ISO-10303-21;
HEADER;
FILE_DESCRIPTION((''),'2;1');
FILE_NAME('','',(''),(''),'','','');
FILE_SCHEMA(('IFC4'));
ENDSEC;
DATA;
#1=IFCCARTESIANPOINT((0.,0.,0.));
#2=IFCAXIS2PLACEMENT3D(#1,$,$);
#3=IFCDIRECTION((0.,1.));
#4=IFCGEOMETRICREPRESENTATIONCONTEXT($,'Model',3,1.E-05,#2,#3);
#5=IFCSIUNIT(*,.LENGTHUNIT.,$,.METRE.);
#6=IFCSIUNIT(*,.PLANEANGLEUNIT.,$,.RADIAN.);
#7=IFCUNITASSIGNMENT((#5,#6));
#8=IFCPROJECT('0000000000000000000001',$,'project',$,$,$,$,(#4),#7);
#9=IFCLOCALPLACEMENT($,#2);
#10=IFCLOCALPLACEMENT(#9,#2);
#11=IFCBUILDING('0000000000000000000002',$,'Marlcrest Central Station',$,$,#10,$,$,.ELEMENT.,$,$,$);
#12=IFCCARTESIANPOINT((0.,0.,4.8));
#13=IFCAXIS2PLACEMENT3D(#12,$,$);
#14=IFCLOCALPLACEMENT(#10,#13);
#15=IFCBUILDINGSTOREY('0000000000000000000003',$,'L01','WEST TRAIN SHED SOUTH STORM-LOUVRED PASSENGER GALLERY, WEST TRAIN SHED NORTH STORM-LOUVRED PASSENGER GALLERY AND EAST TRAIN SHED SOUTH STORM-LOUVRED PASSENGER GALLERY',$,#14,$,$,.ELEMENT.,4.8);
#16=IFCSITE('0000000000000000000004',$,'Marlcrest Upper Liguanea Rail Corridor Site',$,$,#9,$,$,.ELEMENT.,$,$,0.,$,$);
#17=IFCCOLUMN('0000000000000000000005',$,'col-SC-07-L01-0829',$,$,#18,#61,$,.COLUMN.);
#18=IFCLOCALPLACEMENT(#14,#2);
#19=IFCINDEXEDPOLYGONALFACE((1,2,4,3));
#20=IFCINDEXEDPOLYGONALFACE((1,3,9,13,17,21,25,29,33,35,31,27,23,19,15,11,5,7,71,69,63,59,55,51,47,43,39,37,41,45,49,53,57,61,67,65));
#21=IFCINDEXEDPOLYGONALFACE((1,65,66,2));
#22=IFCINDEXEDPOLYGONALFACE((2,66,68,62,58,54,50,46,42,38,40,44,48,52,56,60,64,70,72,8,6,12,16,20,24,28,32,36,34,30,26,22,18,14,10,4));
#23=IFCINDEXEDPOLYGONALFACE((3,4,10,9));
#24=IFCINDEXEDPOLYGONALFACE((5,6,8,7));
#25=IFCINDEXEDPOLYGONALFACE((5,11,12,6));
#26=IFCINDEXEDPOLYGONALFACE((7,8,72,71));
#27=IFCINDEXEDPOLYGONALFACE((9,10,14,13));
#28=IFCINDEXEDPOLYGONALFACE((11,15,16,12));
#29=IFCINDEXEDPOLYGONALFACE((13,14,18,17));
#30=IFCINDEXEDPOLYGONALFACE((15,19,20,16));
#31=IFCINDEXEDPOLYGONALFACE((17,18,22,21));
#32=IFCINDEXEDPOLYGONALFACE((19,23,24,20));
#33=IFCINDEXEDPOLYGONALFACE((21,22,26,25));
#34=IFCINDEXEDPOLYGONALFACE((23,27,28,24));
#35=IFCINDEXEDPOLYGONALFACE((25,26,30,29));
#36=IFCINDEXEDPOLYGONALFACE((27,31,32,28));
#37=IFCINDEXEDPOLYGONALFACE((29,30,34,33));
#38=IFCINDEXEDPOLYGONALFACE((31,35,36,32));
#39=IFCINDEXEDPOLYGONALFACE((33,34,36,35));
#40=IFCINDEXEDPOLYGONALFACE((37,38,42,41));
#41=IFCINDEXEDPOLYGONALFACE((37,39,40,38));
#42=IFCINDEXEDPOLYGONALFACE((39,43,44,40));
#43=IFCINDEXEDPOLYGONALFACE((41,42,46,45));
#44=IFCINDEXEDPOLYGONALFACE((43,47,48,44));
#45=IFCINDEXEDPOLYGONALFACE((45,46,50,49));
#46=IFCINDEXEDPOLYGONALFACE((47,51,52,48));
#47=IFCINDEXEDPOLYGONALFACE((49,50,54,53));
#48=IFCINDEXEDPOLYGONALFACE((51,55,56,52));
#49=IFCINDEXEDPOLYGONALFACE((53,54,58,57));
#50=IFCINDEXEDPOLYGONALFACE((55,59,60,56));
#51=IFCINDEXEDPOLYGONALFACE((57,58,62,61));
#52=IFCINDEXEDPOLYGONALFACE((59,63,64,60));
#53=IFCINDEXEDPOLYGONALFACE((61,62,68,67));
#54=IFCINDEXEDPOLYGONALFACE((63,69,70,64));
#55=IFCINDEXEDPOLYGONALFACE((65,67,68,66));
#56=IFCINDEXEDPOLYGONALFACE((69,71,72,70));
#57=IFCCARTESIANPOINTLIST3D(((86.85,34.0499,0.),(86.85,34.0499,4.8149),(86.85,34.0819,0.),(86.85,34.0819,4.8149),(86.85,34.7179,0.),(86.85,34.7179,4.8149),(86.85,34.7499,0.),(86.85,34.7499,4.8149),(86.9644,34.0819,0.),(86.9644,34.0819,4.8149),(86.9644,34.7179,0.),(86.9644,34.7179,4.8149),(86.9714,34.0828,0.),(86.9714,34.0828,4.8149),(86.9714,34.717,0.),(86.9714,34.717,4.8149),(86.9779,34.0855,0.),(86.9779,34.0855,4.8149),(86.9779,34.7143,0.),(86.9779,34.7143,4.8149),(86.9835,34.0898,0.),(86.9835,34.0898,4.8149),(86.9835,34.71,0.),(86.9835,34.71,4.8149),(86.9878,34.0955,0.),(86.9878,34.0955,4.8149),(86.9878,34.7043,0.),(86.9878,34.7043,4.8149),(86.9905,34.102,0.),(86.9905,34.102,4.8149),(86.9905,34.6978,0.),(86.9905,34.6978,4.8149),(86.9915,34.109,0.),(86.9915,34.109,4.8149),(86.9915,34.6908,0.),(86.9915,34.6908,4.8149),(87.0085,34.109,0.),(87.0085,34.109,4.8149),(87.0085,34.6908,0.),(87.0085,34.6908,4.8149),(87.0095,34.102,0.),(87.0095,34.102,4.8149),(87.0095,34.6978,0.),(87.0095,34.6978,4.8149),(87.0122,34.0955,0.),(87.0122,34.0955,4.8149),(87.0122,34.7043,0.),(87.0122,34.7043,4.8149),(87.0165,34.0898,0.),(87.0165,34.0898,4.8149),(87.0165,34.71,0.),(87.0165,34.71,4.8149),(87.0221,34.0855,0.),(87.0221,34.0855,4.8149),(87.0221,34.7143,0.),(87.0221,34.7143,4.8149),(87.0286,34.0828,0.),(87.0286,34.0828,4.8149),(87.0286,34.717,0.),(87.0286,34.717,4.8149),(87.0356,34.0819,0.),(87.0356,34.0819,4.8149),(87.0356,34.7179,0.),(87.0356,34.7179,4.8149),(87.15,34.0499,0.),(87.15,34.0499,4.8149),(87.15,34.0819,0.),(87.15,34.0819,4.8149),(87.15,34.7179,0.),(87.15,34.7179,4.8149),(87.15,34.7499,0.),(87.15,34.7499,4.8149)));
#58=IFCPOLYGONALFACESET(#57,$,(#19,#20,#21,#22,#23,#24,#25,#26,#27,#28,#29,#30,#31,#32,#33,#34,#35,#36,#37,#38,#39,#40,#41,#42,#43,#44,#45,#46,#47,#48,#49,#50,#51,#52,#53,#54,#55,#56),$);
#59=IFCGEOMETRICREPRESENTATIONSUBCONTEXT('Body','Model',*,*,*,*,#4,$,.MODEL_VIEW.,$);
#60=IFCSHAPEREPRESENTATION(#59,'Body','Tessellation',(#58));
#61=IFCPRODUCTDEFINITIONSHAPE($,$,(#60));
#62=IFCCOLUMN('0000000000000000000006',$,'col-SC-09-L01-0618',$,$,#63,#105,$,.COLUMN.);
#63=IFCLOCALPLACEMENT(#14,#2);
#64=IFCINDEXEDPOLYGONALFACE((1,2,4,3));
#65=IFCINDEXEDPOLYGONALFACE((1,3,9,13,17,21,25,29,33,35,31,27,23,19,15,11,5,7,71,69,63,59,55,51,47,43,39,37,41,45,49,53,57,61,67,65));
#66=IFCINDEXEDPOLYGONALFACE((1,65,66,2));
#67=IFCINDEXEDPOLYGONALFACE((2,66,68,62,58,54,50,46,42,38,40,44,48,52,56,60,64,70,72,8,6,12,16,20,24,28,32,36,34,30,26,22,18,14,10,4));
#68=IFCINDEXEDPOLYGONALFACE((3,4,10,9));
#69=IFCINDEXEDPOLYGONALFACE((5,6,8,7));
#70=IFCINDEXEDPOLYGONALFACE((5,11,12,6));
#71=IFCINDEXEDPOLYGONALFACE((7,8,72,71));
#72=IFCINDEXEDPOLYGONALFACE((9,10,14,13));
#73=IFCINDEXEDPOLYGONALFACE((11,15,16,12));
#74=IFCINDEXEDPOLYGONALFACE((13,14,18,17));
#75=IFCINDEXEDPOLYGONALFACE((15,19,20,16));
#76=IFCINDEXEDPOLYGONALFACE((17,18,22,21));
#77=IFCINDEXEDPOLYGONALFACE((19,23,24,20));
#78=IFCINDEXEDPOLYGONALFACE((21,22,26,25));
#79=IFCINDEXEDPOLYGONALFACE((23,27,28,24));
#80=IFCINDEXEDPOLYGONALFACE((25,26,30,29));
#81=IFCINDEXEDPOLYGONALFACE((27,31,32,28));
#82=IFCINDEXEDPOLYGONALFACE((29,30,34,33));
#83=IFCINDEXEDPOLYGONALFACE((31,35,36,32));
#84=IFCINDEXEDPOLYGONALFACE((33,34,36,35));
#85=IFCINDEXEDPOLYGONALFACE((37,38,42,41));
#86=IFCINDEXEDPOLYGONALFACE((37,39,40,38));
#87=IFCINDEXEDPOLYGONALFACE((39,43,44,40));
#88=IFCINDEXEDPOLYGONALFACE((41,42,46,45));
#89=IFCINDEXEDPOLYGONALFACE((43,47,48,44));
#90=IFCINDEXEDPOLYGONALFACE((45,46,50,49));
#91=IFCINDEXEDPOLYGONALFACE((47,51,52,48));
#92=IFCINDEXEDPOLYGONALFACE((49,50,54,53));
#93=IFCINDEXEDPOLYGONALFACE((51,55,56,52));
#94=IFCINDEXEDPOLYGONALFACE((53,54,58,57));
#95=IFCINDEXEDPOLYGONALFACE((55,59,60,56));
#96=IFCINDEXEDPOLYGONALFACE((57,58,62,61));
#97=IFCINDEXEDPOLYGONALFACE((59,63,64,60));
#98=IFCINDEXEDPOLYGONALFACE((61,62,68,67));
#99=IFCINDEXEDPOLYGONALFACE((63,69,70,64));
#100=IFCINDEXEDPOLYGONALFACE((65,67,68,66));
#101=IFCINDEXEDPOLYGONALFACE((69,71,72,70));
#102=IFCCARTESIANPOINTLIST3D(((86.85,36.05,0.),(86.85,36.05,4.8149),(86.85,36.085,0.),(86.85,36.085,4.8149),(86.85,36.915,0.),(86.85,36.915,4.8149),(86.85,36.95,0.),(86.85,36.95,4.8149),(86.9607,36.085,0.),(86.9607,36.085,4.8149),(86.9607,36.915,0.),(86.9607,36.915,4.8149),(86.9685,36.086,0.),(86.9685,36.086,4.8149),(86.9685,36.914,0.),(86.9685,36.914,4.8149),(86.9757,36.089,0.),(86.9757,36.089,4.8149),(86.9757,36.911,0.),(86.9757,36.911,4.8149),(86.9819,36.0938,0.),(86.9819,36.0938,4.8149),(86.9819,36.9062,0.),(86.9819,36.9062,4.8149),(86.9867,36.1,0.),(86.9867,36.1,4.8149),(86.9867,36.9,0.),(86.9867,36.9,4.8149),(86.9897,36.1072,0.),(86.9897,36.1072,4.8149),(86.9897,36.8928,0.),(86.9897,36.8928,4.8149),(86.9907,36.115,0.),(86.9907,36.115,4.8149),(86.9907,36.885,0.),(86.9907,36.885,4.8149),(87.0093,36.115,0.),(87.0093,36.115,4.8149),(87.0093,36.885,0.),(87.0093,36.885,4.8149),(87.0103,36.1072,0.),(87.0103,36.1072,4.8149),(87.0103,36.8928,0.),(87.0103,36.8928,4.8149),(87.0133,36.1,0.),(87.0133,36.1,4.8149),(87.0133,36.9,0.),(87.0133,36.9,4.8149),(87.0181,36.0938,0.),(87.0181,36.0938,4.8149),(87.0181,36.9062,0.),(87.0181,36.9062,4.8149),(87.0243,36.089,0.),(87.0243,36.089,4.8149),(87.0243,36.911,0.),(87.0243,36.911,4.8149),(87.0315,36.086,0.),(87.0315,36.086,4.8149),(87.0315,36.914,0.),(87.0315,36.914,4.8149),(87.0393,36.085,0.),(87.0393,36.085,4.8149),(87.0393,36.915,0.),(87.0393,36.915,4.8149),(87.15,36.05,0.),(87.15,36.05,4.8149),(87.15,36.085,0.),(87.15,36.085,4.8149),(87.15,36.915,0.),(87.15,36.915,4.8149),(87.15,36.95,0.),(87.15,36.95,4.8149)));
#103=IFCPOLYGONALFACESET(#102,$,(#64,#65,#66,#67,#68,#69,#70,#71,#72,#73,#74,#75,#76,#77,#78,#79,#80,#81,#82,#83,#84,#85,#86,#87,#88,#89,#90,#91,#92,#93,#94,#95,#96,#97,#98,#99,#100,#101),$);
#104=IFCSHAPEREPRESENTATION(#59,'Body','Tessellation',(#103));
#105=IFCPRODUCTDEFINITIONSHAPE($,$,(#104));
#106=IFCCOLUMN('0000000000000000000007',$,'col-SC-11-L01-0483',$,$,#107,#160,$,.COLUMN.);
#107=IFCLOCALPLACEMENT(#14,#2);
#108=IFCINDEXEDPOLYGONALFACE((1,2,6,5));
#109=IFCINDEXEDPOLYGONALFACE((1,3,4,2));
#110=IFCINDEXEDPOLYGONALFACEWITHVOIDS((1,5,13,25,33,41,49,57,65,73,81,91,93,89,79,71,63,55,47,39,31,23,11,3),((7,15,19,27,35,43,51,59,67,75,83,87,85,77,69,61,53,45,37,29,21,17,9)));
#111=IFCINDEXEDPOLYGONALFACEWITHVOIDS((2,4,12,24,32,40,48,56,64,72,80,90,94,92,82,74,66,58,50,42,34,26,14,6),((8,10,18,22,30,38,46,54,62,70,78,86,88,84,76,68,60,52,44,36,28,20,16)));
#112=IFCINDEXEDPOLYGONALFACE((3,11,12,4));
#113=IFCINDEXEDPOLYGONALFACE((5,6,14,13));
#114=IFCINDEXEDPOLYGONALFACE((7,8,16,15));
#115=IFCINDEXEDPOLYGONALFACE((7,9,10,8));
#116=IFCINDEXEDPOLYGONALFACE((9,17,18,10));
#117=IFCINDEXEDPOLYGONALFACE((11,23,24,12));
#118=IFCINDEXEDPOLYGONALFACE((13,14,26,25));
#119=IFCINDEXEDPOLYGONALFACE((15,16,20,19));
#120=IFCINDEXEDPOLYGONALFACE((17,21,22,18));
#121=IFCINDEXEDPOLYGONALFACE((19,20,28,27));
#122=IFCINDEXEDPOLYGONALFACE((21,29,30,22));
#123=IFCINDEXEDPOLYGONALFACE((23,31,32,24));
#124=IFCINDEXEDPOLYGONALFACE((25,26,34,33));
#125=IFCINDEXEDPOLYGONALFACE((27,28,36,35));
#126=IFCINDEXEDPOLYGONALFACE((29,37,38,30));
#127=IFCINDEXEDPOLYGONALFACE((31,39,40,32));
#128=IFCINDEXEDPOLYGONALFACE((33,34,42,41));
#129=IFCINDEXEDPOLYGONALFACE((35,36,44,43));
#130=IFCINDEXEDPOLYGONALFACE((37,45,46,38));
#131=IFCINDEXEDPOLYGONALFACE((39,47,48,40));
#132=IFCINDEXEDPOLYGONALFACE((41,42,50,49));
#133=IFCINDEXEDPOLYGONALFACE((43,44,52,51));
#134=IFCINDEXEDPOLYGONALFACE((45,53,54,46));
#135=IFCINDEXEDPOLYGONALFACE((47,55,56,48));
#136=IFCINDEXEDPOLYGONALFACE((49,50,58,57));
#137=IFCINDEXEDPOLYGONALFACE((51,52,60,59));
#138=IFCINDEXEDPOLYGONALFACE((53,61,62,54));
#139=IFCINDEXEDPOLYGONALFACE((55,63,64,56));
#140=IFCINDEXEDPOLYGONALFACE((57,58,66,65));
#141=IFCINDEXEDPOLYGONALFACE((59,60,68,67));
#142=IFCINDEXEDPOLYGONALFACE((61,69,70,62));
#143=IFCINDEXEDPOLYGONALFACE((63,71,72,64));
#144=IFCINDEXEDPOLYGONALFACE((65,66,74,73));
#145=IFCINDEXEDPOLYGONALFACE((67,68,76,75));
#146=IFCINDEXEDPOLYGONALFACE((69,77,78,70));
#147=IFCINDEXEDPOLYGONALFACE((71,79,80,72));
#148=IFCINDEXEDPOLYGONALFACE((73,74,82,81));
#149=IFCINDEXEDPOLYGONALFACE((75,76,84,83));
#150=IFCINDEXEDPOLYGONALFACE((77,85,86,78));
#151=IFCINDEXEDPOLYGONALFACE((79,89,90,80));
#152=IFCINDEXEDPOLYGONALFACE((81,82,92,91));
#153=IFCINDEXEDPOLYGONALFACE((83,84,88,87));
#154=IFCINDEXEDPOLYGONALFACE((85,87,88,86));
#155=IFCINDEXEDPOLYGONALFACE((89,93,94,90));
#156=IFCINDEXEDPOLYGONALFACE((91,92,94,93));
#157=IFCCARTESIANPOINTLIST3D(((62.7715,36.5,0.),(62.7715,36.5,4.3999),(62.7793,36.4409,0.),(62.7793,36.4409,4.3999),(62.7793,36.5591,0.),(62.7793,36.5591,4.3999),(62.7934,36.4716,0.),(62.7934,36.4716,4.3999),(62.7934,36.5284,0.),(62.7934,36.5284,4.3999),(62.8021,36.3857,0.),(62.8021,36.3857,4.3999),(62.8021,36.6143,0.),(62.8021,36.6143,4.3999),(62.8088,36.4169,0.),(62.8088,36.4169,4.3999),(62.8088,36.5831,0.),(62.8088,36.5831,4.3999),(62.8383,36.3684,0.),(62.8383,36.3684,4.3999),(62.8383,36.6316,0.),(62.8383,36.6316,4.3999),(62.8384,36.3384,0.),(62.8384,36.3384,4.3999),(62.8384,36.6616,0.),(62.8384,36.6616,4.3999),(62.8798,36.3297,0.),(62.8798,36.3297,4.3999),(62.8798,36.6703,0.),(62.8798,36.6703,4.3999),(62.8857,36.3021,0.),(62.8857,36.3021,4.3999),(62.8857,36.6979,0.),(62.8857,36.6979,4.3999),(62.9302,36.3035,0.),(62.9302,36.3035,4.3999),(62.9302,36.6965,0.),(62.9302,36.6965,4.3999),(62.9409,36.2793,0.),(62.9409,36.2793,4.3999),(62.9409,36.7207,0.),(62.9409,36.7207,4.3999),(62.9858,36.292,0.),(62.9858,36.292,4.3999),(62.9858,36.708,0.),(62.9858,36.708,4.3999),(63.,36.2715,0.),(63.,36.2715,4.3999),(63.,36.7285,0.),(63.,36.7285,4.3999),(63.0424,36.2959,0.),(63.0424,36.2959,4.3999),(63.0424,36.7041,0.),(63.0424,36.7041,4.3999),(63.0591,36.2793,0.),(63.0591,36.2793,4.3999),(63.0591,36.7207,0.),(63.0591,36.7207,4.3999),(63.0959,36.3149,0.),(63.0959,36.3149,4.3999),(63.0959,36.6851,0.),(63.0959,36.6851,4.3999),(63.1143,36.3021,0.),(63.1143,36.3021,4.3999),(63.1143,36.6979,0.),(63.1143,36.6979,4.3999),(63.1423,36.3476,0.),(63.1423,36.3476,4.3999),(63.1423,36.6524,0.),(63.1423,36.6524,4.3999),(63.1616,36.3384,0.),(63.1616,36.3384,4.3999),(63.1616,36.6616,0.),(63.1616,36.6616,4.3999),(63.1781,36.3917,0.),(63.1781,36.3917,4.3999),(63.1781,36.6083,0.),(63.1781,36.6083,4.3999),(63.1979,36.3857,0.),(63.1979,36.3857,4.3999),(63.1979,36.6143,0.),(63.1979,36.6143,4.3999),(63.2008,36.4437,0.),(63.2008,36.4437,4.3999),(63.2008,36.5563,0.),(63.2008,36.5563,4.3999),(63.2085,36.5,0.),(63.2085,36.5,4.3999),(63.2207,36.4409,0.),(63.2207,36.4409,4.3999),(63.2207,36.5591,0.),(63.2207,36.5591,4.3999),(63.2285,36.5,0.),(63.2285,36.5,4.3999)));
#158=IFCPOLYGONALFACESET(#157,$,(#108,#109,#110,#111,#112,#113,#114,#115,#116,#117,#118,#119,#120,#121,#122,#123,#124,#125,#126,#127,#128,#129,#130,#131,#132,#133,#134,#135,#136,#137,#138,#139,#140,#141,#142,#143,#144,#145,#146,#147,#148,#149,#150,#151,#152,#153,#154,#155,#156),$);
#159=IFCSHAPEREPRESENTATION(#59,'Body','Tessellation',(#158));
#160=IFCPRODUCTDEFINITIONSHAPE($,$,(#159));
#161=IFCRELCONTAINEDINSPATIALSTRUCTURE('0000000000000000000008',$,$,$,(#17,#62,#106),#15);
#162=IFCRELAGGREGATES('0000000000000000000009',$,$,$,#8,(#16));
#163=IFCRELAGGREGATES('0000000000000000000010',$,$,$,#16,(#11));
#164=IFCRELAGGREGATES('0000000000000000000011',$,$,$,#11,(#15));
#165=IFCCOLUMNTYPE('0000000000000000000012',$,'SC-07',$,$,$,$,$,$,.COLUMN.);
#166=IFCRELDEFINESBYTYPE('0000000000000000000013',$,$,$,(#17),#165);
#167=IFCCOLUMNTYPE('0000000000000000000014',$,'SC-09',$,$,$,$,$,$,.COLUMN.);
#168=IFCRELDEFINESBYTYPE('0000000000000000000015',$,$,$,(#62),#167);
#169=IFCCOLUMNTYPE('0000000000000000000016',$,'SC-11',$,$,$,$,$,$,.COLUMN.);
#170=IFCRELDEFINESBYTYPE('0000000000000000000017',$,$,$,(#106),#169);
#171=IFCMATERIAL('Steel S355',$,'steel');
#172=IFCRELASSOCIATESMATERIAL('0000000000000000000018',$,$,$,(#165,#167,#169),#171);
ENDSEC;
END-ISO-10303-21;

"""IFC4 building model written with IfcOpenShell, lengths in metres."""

from ifc_helpers import new_model, si_unit, direction, frame, origin, origin_2d, place, context, subcontext, project, spatial, hollow_circle, i_section, extrude, material, material_profile, profile_set, type_object, element, save


model = new_model("IFC4")

# Units and contexts
model_context = context("Model", 3, precision=1e-05, world=origin(), true_north=direction((0.0, 1.0)))
body_context = subcontext(model_context, "Body", "Model", "MODEL_VIEW")
ifc_project = project(units=[si_unit("LENGTHUNIT", "METRE"), si_unit("PLANEANGLEUNIT", "RADIAN")], contexts=[model_context])

# Site, building, storey
site_placement = place(None, origin())
site = spatial("IfcSite", under=ifc_project, at=site_placement, Name="Marlcrest Upper Liguanea Rail Corridor Site", CompositionType="ELEMENT", RefElevation=0.0)
building_placement = place(site_placement, origin())
building = spatial("IfcBuilding", under=site, at=building_placement, Name="Marlcrest Central Station", CompositionType="ELEMENT")
storey_placement = place(building_placement, frame((0.0, 0.0, 4.8)))
storey = spatial("IfcBuildingStorey", under=building, at=storey_placement, Name="L01", Description="WEST TRAIN SHED SOUTH STORM-LOUVRED PASSENGER GALLERY, WEST TRAIN SHED NORTH STORM-LOUVRED PASSENGER GALLERY AND EAST TRAIN SHED SOUTH STORM-LOUVRED PASSENGER GALLERY", CompositionType="ELEMENT", Elevation=4.8)

# Columns
ifc_material_1 = material(Name="Steel S355", Category="steel")
ifc_material_profile_1 = material_profile(ifc_material_1, i_section(OverallWidth=0.3, OverallDepth=0.7, WebThickness=0.0171, FlangeThickness=0.032, FilletRadius=0.0271, at=origin_2d()), Name="HEB 700")
ifc_profile_set_1 = profile_set([ifc_material_profile_1], Name="Steel S355")
column_type_1 = type_object("IfcColumnType", Name="SC-07", PredefinedType="COLUMN", material=ifc_profile_set_1)
column_1_placement = place(storey_placement, frame((87.0, 34.3999, 0.0), z_axis=(0.0, 0.0, 1.0), x_axis=(1.0, 0.0, 0.0)))
element("IfcColumn", 1, at=column_1_placement, inside=storey, type_object=column_type_1, Name="col-SC-07-L01-0829", PredefinedType="COLUMN", context=body_context, shape_type="SweptSolid", body=[
    extrude(i_section(OverallWidth=0.3, OverallDepth=0.7, WebThickness=0.0171, FlangeThickness=0.032, FilletRadius=0.0271, at=origin_2d()), origin(), (0.0, 0.0, 1.0), 4.8149),
])
ifc_material_profile_2 = material_profile(ifc_material_1, i_section(OverallWidth=0.3, OverallDepth=0.8999, WebThickness=0.0186, FlangeThickness=0.0349, FilletRadius=0.03, at=origin_2d()), Name="HEB 900")
ifc_profile_set_2 = profile_set([ifc_material_profile_2], Name="Steel S355")
column_type_2 = type_object("IfcColumnType", Name="SC-09", PredefinedType="COLUMN", material=ifc_profile_set_2)
column_2_placement = place(storey_placement, frame((87.0, 36.5, 0.0), z_axis=(0.0, 0.0, 1.0), x_axis=(1.0, 0.0, 0.0)))
element("IfcColumn", 2, at=column_2_placement, inside=storey, type_object=column_type_2, Name="col-SC-09-L01-0618", PredefinedType="COLUMN", context=body_context, shape_type="SweptSolid", body=[
    extrude(i_section(OverallWidth=0.3, OverallDepth=0.8999, WebThickness=0.0186, FlangeThickness=0.0349, FilletRadius=0.03, at=origin_2d()), origin(), (0.0, 0.0, 1.0), 4.8149),
])
ifc_material_profile_3 = material_profile(ifc_material_1, hollow_circle(Radius=0.2285, WallThickness=0.02, at=origin_2d()), Name="CHS 457x20")
ifc_profile_set_3 = profile_set([ifc_material_profile_3], Name="Steel S355")
column_type_3 = type_object("IfcColumnType", Name="SC-11", PredefinedType="COLUMN", material=ifc_profile_set_3)
for number, where, z_axis, x_axis, name in (
    (3, (63.0, 36.5, 0.0), (0.0, 0.0, 1.0), (1.0, 0.0, 0.0), "col-SC-11-L01-0483"),
):
    element("IfcColumn", number, at=place(storey_placement, frame(where, z_axis=z_axis, x_axis=x_axis)), inside=storey, type_object=column_type_3, Name=name, PredefinedType="COLUMN", context=body_context, shape_type="SweptSolid", body=[
        extrude(hollow_circle(Radius=0.2285, WallThickness=0.02, at=origin_2d()), origin(), (0.0, 0.0, 1.0), 4.3999),
    ])

save(model, "model.ifc")
